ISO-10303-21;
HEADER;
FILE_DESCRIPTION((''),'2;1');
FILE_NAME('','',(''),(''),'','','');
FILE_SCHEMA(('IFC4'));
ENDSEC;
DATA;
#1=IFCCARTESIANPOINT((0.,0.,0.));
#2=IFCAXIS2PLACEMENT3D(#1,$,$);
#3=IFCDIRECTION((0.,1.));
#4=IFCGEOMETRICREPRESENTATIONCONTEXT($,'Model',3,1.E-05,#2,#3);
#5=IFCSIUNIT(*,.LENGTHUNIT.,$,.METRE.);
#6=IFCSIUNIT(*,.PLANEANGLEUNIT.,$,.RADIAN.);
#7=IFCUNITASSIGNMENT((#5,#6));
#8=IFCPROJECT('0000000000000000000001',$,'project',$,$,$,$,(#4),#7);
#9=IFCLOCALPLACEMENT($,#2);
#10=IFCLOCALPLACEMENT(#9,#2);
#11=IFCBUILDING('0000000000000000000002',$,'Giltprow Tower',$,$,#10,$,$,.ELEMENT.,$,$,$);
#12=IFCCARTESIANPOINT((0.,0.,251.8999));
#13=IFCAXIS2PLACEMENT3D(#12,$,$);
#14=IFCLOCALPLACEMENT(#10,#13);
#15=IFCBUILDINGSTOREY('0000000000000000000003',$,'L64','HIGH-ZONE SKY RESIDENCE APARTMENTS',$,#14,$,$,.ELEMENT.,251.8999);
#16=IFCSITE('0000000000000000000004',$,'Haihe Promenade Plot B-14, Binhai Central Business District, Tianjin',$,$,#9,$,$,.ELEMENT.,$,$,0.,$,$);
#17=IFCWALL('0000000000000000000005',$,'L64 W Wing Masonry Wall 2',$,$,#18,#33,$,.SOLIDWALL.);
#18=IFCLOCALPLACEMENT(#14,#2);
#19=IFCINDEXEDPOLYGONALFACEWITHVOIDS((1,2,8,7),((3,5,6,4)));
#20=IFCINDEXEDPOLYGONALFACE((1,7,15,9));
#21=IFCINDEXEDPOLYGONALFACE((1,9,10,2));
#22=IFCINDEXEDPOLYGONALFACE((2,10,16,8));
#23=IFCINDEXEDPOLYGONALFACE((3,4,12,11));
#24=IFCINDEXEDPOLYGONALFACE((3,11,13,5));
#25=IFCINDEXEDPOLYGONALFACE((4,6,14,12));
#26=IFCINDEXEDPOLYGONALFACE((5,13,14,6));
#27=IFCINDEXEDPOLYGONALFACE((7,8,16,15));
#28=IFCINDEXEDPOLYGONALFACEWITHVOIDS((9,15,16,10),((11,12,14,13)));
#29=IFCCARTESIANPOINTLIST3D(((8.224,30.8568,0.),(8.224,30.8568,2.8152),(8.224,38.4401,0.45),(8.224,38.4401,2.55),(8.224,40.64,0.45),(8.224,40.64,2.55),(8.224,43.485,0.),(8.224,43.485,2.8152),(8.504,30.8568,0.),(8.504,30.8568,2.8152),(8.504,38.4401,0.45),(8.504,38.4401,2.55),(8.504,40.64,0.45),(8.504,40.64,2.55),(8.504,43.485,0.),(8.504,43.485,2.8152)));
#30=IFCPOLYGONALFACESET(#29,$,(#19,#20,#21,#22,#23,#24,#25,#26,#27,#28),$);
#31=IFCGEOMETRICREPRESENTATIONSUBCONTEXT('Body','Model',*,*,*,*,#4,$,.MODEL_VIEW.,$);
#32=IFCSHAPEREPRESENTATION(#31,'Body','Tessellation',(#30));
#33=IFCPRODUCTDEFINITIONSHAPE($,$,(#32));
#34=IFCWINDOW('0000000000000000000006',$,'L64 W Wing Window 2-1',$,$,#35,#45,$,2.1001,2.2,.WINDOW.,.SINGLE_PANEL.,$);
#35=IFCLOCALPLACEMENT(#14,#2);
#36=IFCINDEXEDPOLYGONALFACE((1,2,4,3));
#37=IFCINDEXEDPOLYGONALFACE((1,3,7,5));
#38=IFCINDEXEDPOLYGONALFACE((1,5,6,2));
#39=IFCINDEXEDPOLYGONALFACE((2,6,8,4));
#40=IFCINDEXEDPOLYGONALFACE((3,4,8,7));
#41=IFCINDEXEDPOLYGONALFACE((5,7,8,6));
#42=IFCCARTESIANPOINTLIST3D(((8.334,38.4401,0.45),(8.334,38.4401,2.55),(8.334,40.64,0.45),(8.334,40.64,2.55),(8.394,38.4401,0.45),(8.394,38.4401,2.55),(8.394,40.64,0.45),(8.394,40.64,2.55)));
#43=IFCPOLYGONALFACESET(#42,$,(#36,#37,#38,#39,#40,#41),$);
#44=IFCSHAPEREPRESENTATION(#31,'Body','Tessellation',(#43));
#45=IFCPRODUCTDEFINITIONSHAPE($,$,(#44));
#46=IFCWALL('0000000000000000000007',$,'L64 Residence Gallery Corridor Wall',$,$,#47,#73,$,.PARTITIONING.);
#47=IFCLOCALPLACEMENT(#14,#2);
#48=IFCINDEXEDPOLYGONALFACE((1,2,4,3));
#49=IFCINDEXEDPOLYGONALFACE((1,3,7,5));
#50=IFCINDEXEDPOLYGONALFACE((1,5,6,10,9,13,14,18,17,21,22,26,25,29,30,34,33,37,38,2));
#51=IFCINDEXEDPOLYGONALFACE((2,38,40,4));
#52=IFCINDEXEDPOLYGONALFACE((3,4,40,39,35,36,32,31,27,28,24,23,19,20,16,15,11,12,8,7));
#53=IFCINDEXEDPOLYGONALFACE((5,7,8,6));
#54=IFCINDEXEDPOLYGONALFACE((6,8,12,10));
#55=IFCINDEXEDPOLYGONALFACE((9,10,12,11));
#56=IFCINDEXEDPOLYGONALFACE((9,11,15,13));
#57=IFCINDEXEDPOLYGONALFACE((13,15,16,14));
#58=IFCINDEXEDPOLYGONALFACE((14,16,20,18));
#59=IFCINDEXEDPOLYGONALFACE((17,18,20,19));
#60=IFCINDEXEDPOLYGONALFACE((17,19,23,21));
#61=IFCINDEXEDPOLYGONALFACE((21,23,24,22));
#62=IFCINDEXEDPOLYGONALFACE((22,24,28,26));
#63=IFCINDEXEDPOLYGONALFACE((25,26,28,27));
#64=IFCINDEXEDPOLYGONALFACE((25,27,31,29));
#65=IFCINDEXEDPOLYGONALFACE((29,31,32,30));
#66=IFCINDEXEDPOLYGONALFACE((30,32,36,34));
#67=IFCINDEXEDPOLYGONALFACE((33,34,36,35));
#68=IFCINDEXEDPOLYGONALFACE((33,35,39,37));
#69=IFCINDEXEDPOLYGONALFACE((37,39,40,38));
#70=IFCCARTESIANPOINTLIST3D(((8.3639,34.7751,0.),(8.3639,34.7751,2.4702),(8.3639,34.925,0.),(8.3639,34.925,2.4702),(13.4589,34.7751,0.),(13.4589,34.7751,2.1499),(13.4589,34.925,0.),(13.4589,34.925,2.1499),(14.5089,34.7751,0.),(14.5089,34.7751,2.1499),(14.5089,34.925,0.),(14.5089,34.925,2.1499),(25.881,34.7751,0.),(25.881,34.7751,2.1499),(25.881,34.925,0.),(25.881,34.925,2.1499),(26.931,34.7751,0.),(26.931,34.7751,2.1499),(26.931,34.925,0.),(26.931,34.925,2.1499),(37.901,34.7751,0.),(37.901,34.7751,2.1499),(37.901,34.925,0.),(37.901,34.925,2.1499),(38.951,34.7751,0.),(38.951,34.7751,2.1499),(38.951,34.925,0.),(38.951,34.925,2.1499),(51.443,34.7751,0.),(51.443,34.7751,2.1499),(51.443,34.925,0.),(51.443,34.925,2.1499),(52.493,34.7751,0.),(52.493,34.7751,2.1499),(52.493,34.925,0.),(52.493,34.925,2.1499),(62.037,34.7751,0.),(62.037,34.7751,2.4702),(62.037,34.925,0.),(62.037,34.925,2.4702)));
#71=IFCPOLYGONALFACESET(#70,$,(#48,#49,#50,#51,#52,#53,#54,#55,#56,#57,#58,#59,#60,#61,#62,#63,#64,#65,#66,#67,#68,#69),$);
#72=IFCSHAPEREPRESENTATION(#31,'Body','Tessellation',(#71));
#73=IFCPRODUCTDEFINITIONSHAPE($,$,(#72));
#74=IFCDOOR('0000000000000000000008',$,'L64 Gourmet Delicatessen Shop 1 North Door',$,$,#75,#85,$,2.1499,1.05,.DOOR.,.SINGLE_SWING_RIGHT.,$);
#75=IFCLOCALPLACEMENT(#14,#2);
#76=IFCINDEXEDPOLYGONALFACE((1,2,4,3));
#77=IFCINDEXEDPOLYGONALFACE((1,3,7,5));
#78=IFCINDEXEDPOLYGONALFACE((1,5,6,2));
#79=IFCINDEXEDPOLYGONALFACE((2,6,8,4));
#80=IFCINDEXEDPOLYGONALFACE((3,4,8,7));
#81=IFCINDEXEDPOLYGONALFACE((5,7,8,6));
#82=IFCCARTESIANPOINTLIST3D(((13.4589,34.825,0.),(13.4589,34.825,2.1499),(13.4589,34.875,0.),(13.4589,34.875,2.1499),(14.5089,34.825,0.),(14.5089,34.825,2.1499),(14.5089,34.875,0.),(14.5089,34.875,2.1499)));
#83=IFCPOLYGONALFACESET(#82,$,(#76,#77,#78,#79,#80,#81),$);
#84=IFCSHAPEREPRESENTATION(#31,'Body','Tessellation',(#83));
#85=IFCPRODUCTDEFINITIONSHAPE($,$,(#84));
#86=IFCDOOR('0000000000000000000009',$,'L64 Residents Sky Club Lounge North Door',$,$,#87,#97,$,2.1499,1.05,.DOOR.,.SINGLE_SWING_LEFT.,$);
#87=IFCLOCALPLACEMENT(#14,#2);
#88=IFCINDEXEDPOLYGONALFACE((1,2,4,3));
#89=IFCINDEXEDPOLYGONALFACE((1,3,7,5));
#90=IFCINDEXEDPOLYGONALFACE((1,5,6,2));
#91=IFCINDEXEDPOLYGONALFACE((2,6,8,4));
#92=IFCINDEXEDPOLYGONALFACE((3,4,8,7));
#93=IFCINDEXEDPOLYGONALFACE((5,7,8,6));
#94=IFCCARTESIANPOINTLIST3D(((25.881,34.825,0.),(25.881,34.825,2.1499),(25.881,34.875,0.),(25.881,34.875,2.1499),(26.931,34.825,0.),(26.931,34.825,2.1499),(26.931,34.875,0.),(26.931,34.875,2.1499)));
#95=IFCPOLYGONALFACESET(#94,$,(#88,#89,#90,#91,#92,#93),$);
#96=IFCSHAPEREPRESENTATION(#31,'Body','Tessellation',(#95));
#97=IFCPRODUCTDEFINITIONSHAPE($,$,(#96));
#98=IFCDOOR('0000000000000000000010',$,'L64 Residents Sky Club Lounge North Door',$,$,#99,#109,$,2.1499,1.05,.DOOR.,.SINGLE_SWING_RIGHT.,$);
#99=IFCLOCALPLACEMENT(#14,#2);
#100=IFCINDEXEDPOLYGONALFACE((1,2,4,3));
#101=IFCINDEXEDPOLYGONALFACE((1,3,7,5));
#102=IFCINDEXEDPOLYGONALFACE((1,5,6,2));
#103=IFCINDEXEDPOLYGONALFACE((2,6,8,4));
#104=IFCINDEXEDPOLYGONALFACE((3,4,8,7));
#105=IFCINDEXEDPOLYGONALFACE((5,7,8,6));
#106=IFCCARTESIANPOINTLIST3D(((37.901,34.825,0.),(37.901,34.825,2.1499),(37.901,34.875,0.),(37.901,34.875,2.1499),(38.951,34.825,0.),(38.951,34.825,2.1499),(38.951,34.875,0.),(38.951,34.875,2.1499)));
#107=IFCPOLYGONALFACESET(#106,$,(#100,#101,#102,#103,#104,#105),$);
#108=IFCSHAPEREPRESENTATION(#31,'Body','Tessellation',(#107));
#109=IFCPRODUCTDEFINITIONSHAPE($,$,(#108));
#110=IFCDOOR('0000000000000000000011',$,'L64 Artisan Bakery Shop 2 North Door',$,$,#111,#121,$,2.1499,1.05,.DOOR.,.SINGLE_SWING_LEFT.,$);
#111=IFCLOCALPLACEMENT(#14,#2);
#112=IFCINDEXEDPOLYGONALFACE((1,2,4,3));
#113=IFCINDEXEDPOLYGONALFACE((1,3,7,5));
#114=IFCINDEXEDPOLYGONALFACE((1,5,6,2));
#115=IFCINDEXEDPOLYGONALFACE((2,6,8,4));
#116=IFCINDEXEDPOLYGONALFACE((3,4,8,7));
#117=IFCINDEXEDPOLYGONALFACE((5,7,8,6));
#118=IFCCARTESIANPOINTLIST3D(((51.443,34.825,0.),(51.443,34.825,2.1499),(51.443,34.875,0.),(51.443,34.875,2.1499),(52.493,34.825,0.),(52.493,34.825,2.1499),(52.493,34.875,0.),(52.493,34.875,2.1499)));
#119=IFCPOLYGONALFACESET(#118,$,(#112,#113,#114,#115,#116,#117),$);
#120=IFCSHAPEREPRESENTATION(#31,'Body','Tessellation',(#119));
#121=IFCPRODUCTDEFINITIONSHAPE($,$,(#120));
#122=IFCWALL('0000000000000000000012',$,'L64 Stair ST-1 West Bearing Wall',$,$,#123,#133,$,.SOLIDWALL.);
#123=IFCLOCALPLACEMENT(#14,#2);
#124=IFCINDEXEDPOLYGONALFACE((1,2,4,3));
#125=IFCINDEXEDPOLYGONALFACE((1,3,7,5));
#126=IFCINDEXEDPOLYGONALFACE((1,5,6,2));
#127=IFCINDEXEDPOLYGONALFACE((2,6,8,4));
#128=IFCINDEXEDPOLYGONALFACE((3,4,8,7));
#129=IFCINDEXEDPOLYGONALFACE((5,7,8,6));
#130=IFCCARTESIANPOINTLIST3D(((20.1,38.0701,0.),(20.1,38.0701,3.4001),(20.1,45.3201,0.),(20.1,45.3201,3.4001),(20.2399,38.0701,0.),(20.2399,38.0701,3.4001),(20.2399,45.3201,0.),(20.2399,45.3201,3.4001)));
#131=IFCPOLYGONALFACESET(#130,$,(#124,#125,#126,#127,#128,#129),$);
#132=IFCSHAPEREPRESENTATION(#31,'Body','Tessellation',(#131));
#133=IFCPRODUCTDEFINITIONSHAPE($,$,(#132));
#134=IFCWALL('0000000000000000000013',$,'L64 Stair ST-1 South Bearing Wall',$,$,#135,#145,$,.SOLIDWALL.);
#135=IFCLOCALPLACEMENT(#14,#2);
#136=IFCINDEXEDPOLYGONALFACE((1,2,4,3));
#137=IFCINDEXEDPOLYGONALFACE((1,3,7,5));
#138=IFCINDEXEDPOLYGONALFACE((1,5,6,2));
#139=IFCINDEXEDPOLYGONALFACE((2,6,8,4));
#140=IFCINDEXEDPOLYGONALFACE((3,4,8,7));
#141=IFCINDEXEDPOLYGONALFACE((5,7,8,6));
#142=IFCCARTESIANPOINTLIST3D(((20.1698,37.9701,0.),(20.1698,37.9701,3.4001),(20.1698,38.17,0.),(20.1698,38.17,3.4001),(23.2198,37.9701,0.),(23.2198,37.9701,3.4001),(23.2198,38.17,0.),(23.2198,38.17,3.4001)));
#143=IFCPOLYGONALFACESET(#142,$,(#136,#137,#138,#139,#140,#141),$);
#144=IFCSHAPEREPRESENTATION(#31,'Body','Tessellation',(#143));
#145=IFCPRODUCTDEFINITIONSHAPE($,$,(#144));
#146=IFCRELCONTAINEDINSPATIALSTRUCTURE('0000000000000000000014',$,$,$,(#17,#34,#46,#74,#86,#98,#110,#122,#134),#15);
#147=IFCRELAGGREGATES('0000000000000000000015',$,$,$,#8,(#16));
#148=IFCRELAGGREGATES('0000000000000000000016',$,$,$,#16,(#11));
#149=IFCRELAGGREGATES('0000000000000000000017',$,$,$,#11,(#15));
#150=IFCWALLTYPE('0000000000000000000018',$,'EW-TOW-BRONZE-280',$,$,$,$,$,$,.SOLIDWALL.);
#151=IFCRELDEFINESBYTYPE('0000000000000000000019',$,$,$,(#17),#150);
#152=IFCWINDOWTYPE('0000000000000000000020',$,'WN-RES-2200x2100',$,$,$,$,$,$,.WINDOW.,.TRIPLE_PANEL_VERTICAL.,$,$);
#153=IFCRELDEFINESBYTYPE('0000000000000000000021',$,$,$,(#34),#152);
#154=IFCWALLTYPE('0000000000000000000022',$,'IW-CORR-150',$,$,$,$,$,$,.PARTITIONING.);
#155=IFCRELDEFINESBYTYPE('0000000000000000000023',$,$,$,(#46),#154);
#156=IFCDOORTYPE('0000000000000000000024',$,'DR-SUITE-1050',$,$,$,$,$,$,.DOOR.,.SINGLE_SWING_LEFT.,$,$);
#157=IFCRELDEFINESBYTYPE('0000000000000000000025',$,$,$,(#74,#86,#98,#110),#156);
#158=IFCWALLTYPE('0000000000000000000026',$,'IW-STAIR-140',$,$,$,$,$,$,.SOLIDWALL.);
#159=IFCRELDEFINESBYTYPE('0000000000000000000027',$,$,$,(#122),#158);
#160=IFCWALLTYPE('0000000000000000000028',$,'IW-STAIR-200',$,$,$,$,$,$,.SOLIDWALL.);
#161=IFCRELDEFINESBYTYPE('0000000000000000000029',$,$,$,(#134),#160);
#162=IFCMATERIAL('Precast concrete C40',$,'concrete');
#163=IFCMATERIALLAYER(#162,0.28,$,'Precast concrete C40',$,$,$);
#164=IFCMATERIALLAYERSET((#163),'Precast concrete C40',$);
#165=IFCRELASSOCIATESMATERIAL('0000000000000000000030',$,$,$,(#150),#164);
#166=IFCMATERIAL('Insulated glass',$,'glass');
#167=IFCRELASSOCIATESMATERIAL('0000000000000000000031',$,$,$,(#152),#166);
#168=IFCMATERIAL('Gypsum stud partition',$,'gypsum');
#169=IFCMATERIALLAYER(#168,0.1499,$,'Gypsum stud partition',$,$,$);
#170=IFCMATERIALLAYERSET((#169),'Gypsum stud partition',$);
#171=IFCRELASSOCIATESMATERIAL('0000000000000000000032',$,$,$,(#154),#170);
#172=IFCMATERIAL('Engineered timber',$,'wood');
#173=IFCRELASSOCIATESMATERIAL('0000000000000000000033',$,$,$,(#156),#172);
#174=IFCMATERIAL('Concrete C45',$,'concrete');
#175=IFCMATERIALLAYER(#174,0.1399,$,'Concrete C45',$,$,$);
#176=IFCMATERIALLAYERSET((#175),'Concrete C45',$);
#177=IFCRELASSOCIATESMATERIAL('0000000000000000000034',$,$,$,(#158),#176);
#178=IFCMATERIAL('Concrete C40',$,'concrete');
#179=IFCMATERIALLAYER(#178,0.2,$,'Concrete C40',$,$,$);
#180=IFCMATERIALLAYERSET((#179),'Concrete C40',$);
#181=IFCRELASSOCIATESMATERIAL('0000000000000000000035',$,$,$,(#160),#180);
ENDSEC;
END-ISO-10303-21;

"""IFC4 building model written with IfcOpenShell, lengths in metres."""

from ifc_helpers import new_model, si_unit, direction, frame, frame_2d, origin, place, context, subcontext, project, spatial, rectangle, extrude, source, transform, mapped, material, layer, layer_set, type_object, element, fill, save


model = new_model("IFC4")

# Units and contexts
model_context = context("Model", 3, precision=1e-05, world=origin(), true_north=direction((0.0, 1.0)))
body_context = subcontext(model_context, "Body", "Model", "MODEL_VIEW")
ifc_project = project(units=[si_unit("LENGTHUNIT", "METRE"), si_unit("PLANEANGLEUNIT", "RADIAN")], contexts=[model_context])

# Site, building, storey
site_placement = place(None, origin())
site = spatial("IfcSite", under=ifc_project, at=site_placement, Name="Haihe Promenade Plot B-14, Binhai Central Business District, Tianjin", CompositionType="ELEMENT", RefElevation=0.0)
building_placement = place(site_placement, origin())
building = spatial("IfcBuilding", under=site, at=building_placement, Name="Giltprow Tower", CompositionType="ELEMENT")
storey_placement = place(building_placement, frame((0.0, 0.0, 251.8999)))
storey = spatial("IfcBuildingStorey", under=building, at=storey_placement, Name="L64", Description="HIGH-ZONE SKY RESIDENCE APARTMENTS", CompositionType="ELEMENT", Elevation=251.8999)

# Wall, opening, window
ifc_material_1 = material(Name="Precast concrete C40", Category="concrete")
ifc_layer_1 = layer(ifc_material_1, 0.28, Name="Precast concrete C40")
ifc_layer_set_1 = layer_set([ifc_layer_1], Name="Precast concrete C40")
wall_type_1 = type_object("IfcWallType", Name="EW-TOW-BRONZE-280", PredefinedType="SOLIDWALL", material=ifc_layer_set_1)
wall_1_placement = place(storey_placement, frame((8.364, 30.8569, 0.0), z_axis=(0.0, 0.0, 1.0), x_axis=(0.0, 1.0, 0.0)))
wall_1 = element("IfcWall", 1, at=wall_1_placement, inside=storey, type_object=wall_type_1, Name="L64 W Wing Masonry Wall 2", PredefinedType="SOLIDWALL", context=body_context, shape_type="SweptSolid", body=[
    extrude(rectangle(XDim=12.6282, YDim=0.28, at=frame_2d((6.314, 0.0))), origin(), (0.0, 0.0, 1.0), 2.8152),
])
opening_1_placement = place(wall_1_placement, frame((7.583, 0.0, 0.45)))
opening_1 = element("IfcOpeningElement", 2, at=opening_1_placement, cuts=wall_1, PredefinedType="OPENING", context=body_context, shape_type="SweptSolid", body=[
    extrude(rectangle(XDim=2.2, YDim=2.1001, at=frame_2d((1.1001, 1.05))), frame((0.0, 0.1499, 0.0), z_axis=(0.0, -1.0, 0.0), x_axis=(1.0, 0.0, 0.0)), (0.0, 0.0, 1.0), 0.3),
])
ifc_material_2 = material(Name="Insulated glass", Category="glass")
window_type = type_object("IfcWindowType", Name="WN-RES-2200x2100", PartitioningType="TRIPLE_PANEL_VERTICAL", PredefinedType="WINDOW", material=ifc_material_2)
shared_shape_1 = source(origin(), body_context, "Body", "SweptSolid", [
    extrude(rectangle(XDim=2.2, YDim=2.1001, at=frame_2d((1.1001, 1.05))), frame((0.0, 0.03, 0.0), z_axis=(0.0, -1.0, 0.0), x_axis=(1.0, 0.0, 0.0)), (0.0, 0.0, 1.0), 0.0601),
])
window_placement = place(opening_1_placement, origin())
window = element("IfcWindow", 3, at=window_placement, inside=storey, type_object=window_type, Name="L64 W Wing Window 2-1", OverallHeight=2.1001, OverallWidth=2.2, PartitioningType="SINGLE_PANEL", PredefinedType="WINDOW", context=body_context, shape_type="MappedRepresentation", body=[
    mapped(shared_shape_1, transform((0.0, 0.0, 0.0), x_axis=(1.0, 0.0, 0.0), y_axis=(0.0, 1.0, 0.0), z_axis=(0.0, 0.0, 1.0), scale=1.0)),
])
fill(opening_1, window)

# Wall, openings, doors
ifc_material_3 = material(Name="Gypsum stud partition", Category="gypsum")
ifc_layer_2 = layer(ifc_material_3, 0.1499, Name="Gypsum stud partition")
ifc_layer_set_2 = layer_set([ifc_layer_2], Name="Gypsum stud partition")
wall_type_2 = type_object("IfcWallType", Name="IW-CORR-150", PredefinedType="PARTITIONING", material=ifc_layer_set_2)
wall_2_placement = place(storey_placement, frame((8.364, 34.8501, 0.0), z_axis=(0.0, 0.0, 1.0), x_axis=(1.0, 0.0, 0.0)))
wall_2 = element("IfcWall", 4, at=wall_2_placement, inside=storey, type_object=wall_type_2, Name="L64 Residence Gallery Corridor Wall", PredefinedType="PARTITIONING", context=body_context, shape_type="SweptSolid", body=[
    extrude(rectangle(XDim=53.6731, YDim=0.1499, at=frame_2d((26.8364, 0.0))), origin(), (0.0, 0.0, 1.0), 2.4702),
])
opening_2_placement = place(wall_2_placement, frame((5.095, 0.0, 0.0)))
opening_2 = element("IfcOpeningElement", 5, at=opening_2_placement, cuts=wall_2, PredefinedType="OPENING", context=body_context, shape_type="SweptSolid", body=[
    extrude(rectangle(XDim=1.05, YDim=2.1499, at=frame_2d((0.5249, 1.075))), frame((0.0, 0.085, 0.0), z_axis=(0.0, -1.0, 0.0), x_axis=(1.0, 0.0, 0.0)), (0.0, 0.0, 1.0), 0.1699),
])
opening_3_placement = place(wall_2_placement, frame((17.5171, 0.0, 0.0)))
opening_3 = element("IfcOpeningElement", 6, at=opening_3_placement, cuts=wall_2, PredefinedType="OPENING", context=body_context, shape_type="SweptSolid", body=[
    extrude(rectangle(XDim=1.05, YDim=2.1499, at=frame_2d((0.5249, 1.075))), frame((0.0, 0.085, 0.0), z_axis=(0.0, -1.0, 0.0), x_axis=(1.0, 0.0, 0.0)), (0.0, 0.0, 1.0), 0.1699),
])
opening_4_placement = place(wall_2_placement, frame((29.5371, 0.0, 0.0)))
opening_4 = element("IfcOpeningElement", 7, at=opening_4_placement, cuts=wall_2, PredefinedType="OPENING", context=body_context, shape_type="SweptSolid", body=[
    extrude(rectangle(XDim=1.05, YDim=2.1499, at=frame_2d((0.5249, 1.075))), frame((0.0, 0.085, 0.0), z_axis=(0.0, -1.0, 0.0), x_axis=(1.0, 0.0, 0.0)), (0.0, 0.0, 1.0), 0.1699),
])
opening_5_placement = place(wall_2_placement, frame((43.0791, 0.0, 0.0)))
opening_5 = element("IfcOpeningElement", 8, at=opening_5_placement, cuts=wall_2, PredefinedType="OPENING", context=body_context, shape_type="SweptSolid", body=[
    extrude(rectangle(XDim=1.05, YDim=2.1499, at=frame_2d((0.5249, 1.075))), frame((0.0, 0.085, 0.0), z_axis=(0.0, -1.0, 0.0), x_axis=(1.0, 0.0, 0.0)), (0.0, 0.0, 1.0), 0.1699),
])
ifc_material_4 = material(Name="Engineered timber", Category="wood")
door_type_1 = type_object("IfcDoorType", Name="DR-SUITE-1050", OperationType="SINGLE_SWING_LEFT", PredefinedType="DOOR", material=ifc_material_4)
shared_shape_2 = source(origin(), body_context, "Body", "SweptSolid", [
    extrude(rectangle(XDim=1.05, YDim=2.1499, at=frame_2d((0.5249, 1.075))), frame((0.0, 0.0249, 0.0), z_axis=(0.0, -1.0, 0.0), x_axis=(1.0, 0.0, 0.0)), (0.0, 0.0, 1.0), 0.05),
])
door_1_placement = place(opening_2_placement, origin())
door_1 = element("IfcDoor", 9, at=door_1_placement, inside=storey, type_object=door_type_1, Name="L64 Gourmet Delicatessen Shop 1 North Door", OperationType="SINGLE_SWING_RIGHT", OverallHeight=2.1499, OverallWidth=1.05, PredefinedType="DOOR", context=body_context, shape_type="MappedRepresentation", body=[
    mapped(shared_shape_2, transform((0.0, 0.0, 0.0), x_axis=(1.0, 0.0, 0.0), y_axis=(0.0, 1.0, 0.0), z_axis=(0.0, 0.0, 1.0), scale=1.0)),
])
fill(opening_2, door_1)
door_2_placement = place(opening_3_placement, origin())
door_2 = element("IfcDoor", 10, at=door_2_placement, inside=storey, type_object=door_type_1, Name="L64 Residents Sky Club Lounge North Door", OperationType="SINGLE_SWING_LEFT", OverallHeight=2.1499, OverallWidth=1.05, PredefinedType="DOOR", context=body_context, shape_type="MappedRepresentation", body=[
    mapped(shared_shape_2, transform((0.0, 0.0, 0.0), x_axis=(1.0, 0.0, 0.0), y_axis=(0.0, 1.0, 0.0), z_axis=(0.0, 0.0, 1.0), scale=1.0)),
])
fill(opening_3, door_2)
door_3_placement = place(opening_4_placement, origin())
door_3 = element("IfcDoor", 11, at=door_3_placement, inside=storey, type_object=door_type_1, Name="L64 Residents Sky Club Lounge North Door", OperationType="SINGLE_SWING_RIGHT", OverallHeight=2.1499, OverallWidth=1.05, PredefinedType="DOOR", context=body_context, shape_type="MappedRepresentation", body=[
    mapped(shared_shape_2, transform((0.0, 0.0, 0.0), x_axis=(1.0, 0.0, 0.0), y_axis=(0.0, 1.0, 0.0), z_axis=(0.0, 0.0, 1.0), scale=1.0)),
])
fill(opening_4, door_3)
door_4_placement = place(opening_5_placement, origin())
door_4 = element("IfcDoor", 12, at=door_4_placement, inside=storey, type_object=door_type_1, Name="L64 Artisan Bakery Shop 2 North Door", OperationType="SINGLE_SWING_LEFT", OverallHeight=2.1499, OverallWidth=1.05, PredefinedType="DOOR", context=body_context, shape_type="MappedRepresentation", body=[
    mapped(shared_shape_2, transform((0.0, 0.0, 0.0), x_axis=(1.0, 0.0, 0.0), y_axis=(0.0, 1.0, 0.0), z_axis=(0.0, 0.0, 1.0), scale=1.0)),
])
fill(opening_5, door_4)

# Walls
ifc_material_5 = material(Name="Concrete C45", Category="concrete")
ifc_layer_3 = layer(ifc_material_5, 0.1399, Name="Concrete C45")
ifc_layer_set_3 = layer_set([ifc_layer_3], Name="Concrete C45")
wall_type_3 = type_object("IfcWallType", Name="IW-STAIR-140", PredefinedType="SOLIDWALL", material=ifc_layer_set_3)
wall_3_placement = place(storey_placement, frame((20.1699, 38.0701, 0.0), z_axis=(0.0, 0.0, 1.0), x_axis=(0.0, 1.0, 0.0)))
element("IfcWall", 13, at=wall_3_placement, inside=storey, type_object=wall_type_3, Name="L64 Stair ST-1 West Bearing Wall", PredefinedType="SOLIDWALL", context=body_context, shape_type="SweptSolid", body=[
    extrude(rectangle(XDim=7.25, YDim=0.1399, at=frame_2d((3.625, 0.0))), origin(), (0.0, 0.0, 1.0), 3.4001),
])
ifc_material_6 = material(Name="Concrete C40", Category="concrete")
ifc_layer_4 = layer(ifc_material_6, 0.2, Name="Concrete C40")
ifc_layer_set_4 = layer_set([ifc_layer_4], Name="Concrete C40")
wall_type_4 = type_object("IfcWallType", Name="IW-STAIR-200", PredefinedType="SOLIDWALL", material=ifc_layer_set_4)
wall_4_placement = place(storey_placement, frame((20.1699, 38.0701, 0.0), z_axis=(0.0, 0.0, 1.0), x_axis=(1.0, 0.0, 0.0)))
element("IfcWall", 14, at=wall_4_placement, inside=storey, type_object=wall_type_4, Name="L64 Stair ST-1 South Bearing Wall", PredefinedType="SOLIDWALL", context=body_context, shape_type="SweptSolid", body=[
    extrude(rectangle(XDim=3.05, YDim=0.2, at=frame_2d((1.5249, 0.0))), origin(), (0.0, 0.0, 1.0), 3.4001),
])

save(model, "model.ifc")
